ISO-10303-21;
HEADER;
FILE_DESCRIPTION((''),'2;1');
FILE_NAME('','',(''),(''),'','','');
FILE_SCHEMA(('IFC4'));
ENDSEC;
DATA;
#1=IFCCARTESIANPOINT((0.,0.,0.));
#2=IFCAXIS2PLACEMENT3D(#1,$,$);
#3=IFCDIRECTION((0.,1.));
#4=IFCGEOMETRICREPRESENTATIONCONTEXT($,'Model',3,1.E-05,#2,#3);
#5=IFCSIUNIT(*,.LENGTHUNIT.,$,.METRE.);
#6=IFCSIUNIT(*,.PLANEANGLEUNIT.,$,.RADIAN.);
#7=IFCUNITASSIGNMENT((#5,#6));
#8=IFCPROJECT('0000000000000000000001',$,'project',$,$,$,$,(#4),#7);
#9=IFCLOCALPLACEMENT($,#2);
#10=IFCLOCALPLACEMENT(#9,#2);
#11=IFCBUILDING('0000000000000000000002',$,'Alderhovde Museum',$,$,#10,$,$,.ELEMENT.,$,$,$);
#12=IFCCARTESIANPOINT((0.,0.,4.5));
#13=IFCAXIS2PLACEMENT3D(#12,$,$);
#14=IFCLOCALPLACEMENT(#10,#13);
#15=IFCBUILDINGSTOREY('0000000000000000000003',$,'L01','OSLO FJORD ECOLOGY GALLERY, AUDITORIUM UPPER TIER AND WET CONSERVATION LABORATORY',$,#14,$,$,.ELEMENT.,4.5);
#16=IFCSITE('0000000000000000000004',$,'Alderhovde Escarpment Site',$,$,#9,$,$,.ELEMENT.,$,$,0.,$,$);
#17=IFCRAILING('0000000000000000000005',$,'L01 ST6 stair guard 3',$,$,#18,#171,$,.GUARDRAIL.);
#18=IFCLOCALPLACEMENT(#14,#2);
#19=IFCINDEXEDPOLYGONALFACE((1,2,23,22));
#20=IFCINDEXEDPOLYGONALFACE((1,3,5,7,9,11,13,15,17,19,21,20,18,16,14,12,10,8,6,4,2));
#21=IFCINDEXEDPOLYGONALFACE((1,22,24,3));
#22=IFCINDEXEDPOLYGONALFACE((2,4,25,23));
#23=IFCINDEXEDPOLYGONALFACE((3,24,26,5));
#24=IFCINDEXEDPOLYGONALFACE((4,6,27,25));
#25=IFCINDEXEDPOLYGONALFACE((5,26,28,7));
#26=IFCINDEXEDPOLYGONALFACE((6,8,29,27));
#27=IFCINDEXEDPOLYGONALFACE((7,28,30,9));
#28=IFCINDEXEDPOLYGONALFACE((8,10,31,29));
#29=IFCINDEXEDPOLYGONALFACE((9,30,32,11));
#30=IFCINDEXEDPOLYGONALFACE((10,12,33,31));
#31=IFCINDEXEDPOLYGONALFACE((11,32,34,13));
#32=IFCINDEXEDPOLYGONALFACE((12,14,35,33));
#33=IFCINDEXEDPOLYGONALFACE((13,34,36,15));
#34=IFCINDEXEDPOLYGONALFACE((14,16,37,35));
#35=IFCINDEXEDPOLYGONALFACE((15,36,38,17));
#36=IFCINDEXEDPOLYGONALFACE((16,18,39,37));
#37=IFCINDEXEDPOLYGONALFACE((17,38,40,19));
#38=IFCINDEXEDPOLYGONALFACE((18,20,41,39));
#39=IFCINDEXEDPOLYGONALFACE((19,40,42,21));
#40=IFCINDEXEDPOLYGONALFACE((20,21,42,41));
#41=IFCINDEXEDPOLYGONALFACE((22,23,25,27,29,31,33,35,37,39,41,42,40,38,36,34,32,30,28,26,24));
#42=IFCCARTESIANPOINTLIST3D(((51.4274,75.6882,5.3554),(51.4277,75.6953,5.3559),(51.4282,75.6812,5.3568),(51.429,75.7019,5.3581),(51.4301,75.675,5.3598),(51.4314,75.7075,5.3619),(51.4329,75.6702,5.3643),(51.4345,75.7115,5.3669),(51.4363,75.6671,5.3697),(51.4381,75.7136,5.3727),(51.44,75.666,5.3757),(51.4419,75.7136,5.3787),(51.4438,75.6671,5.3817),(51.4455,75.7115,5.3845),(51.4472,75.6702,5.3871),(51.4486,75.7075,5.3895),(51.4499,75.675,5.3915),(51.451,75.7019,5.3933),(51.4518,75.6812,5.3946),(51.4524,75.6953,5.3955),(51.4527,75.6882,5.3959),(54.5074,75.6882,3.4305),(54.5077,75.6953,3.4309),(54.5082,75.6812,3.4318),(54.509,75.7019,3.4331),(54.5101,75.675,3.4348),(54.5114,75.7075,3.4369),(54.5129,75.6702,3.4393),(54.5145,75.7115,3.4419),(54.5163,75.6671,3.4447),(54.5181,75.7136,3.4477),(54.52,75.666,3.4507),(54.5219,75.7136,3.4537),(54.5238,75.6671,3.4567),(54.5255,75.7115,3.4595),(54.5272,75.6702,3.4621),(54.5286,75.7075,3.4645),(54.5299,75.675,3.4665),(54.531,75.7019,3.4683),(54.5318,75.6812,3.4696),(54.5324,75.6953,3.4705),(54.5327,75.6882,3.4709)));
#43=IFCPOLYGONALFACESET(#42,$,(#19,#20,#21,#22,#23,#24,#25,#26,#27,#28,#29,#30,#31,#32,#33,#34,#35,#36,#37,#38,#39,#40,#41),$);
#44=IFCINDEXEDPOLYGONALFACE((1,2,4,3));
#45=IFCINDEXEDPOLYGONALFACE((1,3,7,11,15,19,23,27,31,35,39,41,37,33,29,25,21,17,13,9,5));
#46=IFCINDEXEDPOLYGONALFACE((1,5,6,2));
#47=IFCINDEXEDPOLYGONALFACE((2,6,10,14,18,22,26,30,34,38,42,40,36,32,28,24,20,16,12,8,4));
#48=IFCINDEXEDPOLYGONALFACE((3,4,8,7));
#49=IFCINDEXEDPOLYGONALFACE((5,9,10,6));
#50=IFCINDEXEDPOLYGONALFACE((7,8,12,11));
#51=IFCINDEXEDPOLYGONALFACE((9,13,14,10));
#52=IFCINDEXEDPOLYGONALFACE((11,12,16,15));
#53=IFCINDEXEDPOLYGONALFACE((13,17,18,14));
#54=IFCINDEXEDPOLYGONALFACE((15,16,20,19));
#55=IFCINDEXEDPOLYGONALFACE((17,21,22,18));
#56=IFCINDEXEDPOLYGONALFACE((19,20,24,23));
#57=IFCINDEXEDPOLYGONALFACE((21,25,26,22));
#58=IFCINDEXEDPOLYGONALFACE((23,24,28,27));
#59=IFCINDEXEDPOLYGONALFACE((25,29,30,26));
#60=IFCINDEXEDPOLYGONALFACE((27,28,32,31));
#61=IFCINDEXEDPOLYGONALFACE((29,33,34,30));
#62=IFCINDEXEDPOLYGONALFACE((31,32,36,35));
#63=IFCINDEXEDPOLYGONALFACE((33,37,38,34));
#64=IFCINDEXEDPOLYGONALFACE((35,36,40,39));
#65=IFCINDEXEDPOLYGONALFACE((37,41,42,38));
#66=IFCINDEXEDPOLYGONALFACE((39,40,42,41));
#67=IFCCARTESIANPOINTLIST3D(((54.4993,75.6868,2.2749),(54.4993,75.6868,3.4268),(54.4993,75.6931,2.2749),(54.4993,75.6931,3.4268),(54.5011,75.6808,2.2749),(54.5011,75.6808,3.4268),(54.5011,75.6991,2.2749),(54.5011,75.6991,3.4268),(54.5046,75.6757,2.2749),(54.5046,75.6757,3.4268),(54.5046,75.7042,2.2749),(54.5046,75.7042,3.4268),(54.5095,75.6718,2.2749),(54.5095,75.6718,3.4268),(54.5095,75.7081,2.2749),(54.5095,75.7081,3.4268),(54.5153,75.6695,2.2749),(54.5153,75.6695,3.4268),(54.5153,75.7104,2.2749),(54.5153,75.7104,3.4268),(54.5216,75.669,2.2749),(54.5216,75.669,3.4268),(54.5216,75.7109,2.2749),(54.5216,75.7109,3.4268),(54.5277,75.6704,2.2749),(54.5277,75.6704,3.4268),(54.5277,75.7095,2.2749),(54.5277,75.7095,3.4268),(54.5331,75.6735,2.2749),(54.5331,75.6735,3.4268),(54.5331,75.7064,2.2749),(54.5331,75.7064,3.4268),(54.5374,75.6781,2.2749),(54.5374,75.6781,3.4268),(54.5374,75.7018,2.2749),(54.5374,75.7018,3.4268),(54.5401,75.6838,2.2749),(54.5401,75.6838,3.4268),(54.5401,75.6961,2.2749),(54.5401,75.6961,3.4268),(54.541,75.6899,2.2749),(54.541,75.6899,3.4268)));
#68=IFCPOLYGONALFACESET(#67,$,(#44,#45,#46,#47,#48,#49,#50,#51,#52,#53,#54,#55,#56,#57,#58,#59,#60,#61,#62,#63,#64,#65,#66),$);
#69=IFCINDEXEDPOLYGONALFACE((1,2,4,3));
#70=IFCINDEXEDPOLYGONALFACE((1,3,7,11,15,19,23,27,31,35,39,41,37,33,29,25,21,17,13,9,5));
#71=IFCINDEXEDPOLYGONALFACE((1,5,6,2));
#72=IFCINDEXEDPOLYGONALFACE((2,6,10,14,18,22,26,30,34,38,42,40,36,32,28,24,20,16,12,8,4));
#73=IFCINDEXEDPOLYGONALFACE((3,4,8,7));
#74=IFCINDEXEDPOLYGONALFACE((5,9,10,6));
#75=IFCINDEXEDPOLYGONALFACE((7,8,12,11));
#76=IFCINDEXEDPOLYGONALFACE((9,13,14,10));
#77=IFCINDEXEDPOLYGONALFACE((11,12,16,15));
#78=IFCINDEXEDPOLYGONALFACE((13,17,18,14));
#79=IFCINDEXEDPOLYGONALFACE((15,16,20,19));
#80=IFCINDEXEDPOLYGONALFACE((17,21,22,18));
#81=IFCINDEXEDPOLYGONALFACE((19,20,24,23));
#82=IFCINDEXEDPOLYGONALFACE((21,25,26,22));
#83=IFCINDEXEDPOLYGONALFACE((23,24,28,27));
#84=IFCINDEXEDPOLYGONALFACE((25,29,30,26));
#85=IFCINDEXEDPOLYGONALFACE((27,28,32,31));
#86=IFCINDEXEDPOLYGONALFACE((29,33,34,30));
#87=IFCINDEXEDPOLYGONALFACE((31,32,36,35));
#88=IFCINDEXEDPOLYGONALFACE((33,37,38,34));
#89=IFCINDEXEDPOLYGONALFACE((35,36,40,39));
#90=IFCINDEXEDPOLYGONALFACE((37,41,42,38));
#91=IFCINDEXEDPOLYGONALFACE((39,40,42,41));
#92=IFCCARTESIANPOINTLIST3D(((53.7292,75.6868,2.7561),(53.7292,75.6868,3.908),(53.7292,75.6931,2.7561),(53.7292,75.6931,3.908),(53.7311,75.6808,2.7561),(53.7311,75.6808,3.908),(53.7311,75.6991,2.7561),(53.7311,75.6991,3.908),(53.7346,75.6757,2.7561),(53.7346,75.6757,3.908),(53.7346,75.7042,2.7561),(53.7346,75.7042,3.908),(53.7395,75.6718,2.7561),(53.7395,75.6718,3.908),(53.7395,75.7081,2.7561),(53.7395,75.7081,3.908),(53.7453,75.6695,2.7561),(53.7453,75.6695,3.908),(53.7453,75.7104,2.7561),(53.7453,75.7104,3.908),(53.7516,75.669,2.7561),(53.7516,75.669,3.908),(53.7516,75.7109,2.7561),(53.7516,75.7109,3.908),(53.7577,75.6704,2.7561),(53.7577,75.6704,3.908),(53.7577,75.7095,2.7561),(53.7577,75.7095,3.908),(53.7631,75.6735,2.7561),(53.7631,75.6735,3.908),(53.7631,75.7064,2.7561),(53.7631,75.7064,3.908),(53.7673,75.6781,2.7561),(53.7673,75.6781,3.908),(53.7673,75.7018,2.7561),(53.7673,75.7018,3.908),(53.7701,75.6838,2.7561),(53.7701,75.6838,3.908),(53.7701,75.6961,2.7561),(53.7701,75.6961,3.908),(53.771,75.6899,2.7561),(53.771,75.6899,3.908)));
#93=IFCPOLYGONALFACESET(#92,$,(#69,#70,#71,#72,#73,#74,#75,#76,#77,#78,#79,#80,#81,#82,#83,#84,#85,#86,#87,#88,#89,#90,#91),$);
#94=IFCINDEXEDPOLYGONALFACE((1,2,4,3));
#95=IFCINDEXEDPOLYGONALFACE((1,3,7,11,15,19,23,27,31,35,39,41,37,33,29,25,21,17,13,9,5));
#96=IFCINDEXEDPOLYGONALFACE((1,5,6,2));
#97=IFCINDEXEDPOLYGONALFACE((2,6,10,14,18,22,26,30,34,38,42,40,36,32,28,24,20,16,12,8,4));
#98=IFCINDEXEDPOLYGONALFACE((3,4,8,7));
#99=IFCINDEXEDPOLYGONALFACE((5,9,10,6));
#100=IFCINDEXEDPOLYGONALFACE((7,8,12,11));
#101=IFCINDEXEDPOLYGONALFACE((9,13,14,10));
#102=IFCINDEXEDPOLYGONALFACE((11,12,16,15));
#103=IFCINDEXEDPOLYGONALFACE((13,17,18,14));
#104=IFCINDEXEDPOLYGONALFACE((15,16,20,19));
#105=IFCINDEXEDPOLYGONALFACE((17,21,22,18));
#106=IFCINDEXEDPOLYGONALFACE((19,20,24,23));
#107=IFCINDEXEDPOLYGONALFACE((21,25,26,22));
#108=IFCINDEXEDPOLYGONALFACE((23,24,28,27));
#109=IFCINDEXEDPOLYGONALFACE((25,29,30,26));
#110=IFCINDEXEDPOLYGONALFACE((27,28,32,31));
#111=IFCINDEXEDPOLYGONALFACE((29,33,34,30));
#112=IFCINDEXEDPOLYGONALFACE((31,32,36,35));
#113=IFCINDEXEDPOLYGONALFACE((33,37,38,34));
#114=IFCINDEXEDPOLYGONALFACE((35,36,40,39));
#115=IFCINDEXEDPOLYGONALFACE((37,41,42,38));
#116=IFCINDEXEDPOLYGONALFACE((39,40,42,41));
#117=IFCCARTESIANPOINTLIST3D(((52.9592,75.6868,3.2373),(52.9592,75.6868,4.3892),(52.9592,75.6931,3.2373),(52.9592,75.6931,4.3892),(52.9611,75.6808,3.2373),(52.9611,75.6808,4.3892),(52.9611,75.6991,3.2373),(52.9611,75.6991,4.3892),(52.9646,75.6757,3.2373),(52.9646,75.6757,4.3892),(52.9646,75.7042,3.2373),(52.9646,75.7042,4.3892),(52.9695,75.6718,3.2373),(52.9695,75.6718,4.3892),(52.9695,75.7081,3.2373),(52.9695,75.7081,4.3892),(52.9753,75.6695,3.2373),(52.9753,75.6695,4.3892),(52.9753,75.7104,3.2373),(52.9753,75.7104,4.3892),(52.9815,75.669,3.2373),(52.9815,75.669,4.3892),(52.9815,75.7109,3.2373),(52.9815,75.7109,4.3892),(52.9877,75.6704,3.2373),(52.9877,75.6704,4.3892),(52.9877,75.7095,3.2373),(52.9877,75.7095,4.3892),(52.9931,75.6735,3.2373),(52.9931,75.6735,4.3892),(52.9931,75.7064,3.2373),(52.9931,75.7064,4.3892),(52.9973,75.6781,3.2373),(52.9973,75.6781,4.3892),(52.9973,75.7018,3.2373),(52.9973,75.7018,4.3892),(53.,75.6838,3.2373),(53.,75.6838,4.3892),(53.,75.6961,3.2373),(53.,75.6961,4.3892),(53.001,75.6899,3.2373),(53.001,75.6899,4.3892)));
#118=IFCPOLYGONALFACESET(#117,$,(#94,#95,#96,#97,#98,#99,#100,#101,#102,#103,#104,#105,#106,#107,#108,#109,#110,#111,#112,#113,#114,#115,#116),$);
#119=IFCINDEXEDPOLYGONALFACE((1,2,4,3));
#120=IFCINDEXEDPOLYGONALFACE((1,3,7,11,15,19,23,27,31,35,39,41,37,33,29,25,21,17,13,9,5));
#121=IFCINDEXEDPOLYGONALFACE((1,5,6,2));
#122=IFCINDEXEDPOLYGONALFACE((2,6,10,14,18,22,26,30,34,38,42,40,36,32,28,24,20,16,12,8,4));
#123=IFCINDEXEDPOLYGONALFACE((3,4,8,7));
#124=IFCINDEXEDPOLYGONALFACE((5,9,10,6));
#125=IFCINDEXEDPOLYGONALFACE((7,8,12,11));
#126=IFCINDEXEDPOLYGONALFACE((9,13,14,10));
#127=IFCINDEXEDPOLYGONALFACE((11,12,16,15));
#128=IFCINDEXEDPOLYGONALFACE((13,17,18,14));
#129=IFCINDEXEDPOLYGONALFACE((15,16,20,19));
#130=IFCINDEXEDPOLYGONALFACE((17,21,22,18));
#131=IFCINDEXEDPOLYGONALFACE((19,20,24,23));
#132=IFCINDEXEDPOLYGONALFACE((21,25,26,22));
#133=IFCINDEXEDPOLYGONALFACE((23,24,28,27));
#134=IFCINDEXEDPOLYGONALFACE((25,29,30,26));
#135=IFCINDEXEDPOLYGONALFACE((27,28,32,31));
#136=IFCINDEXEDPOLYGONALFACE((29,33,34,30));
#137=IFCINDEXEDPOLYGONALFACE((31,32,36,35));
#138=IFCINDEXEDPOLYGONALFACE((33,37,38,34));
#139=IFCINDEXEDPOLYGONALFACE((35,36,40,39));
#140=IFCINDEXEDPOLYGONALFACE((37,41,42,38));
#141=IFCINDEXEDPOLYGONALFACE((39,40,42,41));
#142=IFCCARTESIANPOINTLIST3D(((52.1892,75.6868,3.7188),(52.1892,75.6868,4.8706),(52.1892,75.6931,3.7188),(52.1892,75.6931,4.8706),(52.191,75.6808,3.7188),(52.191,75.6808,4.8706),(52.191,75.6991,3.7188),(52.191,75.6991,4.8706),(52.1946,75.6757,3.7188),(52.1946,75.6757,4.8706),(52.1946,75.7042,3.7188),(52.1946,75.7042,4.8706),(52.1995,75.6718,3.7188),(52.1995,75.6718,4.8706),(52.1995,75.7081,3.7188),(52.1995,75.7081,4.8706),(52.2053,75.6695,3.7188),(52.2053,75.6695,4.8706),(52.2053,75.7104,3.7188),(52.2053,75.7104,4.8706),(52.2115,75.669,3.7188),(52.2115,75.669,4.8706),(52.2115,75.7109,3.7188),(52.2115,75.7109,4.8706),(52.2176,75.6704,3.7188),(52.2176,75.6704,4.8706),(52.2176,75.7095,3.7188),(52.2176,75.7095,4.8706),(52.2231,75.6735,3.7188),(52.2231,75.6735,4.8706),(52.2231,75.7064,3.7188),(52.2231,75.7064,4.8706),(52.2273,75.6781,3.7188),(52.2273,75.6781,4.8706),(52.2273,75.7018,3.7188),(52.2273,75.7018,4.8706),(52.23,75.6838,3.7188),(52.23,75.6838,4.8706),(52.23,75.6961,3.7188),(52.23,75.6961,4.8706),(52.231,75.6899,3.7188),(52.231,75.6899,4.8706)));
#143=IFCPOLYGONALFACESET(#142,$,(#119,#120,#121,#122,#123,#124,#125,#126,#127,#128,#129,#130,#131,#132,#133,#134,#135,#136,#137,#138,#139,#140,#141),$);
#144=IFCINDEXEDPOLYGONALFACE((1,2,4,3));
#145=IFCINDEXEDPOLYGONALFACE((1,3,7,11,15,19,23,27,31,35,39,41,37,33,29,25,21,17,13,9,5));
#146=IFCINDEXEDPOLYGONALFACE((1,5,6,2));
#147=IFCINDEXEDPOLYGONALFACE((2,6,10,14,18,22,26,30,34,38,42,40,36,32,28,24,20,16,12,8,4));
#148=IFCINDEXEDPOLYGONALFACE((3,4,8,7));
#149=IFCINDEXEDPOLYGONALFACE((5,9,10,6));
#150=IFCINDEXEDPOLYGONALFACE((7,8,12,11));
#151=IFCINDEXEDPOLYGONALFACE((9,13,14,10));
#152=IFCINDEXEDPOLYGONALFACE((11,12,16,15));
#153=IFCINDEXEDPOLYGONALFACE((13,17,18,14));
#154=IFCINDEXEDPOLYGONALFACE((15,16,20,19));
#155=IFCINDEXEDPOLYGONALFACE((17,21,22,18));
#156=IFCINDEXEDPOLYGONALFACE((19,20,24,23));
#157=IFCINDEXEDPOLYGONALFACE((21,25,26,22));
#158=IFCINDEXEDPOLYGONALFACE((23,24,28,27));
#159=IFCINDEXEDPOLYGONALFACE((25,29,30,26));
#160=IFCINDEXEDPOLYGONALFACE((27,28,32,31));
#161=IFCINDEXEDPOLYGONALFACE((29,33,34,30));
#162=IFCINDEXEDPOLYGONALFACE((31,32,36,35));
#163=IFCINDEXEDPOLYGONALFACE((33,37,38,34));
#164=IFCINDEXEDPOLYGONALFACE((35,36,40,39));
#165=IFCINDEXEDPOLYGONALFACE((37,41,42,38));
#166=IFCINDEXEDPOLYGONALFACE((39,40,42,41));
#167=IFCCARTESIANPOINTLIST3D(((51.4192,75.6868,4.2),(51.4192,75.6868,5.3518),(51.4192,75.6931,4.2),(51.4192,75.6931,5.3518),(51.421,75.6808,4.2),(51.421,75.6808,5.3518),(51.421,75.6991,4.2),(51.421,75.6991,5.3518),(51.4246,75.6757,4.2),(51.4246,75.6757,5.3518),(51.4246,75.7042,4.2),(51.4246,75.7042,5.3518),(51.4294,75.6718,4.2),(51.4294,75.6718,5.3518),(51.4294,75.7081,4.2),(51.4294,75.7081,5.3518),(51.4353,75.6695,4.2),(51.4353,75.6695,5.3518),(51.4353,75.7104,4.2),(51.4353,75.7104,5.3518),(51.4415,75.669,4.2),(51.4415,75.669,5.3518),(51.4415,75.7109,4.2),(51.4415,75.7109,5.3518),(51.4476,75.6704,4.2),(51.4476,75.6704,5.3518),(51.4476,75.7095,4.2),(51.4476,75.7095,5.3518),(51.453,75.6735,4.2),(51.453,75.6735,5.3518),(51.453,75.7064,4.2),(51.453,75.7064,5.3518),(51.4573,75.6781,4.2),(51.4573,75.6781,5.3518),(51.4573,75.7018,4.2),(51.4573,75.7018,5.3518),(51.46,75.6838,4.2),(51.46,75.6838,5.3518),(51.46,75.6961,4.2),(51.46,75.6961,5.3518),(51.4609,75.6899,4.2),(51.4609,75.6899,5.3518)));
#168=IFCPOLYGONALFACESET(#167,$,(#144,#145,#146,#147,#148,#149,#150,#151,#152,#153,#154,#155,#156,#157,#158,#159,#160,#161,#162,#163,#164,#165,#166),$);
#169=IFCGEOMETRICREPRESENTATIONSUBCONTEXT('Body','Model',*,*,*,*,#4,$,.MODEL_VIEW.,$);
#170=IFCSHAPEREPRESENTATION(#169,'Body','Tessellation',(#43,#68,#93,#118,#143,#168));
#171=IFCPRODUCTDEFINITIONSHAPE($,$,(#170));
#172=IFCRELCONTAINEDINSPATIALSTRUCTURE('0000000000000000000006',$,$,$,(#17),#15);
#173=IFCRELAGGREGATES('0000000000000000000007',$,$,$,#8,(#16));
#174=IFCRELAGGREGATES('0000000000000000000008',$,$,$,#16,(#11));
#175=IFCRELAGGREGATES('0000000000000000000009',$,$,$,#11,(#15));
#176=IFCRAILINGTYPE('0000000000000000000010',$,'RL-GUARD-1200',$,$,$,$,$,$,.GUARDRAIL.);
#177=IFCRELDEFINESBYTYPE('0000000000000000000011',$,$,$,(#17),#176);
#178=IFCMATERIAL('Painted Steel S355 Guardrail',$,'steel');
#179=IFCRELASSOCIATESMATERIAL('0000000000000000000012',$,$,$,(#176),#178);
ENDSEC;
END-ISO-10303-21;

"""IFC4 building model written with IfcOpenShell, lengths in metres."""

from ifc_helpers import new_model, si_unit, direction, frame, origin, origin_2d, place, context, subcontext, project, spatial, circle, extrude, material, type_object, element, save


model = new_model("IFC4")

# Units and contexts
model_context = context("Model", 3, precision=1e-05, world=origin(), true_north=direction((0.0, 1.0)))
body_context = subcontext(model_context, "Body", "Model", "MODEL_VIEW")
ifc_project = project(units=[si_unit("LENGTHUNIT", "METRE"), si_unit("PLANEANGLEUNIT", "RADIAN")], contexts=[model_context])

# Site, building, storey
site_placement = place(None, origin())
site = spatial("IfcSite", under=ifc_project, at=site_placement, Name="Alderhovde Escarpment Site", CompositionType="ELEMENT", RefElevation=0.0)
building_placement = place(site_placement, origin())
building = spatial("IfcBuilding", under=site, at=building_placement, Name="Alderhovde Museum", CompositionType="ELEMENT")
storey_placement = place(building_placement, frame((0.0, 0.0, 4.5)))
storey = spatial("IfcBuildingStorey", under=building, at=storey_placement, Name="L01", Description="OSLO FJORD ECOLOGY GALLERY, AUDITORIUM UPPER TIER AND WET CONSERVATION LABORATORY", CompositionType="ELEMENT", Elevation=4.5)

# Railing
ifc_material_1 = material(Name="Painted Steel S355 Guardrail", Category="steel")
railing_type_1 = type_object("IfcRailingType", Name="RL-GUARD-1200", PredefinedType="GUARDRAIL", material=ifc_material_1)
railing_1_placement = place(storey_placement, frame((54.52, 75.6899, 2.2749)))
element("IfcRailing", 1, at=railing_1_placement, inside=storey, type_object=railing_type_1, Name="L01 ST6 stair guard 3", PredefinedType="GUARDRAIL", context=body_context, shape_type="SweptSolid", body=[
    extrude(circle(Radius=0.0239, at=origin_2d()), frame((0.0, 0.0, 1.1758), z_axis=(-0.847998, 0.0, 0.529999), x_axis=(0.0, -1.0, 0.0)), (0.0, 0.0, 1.0), 3.6321),
    extrude(circle(Radius=0.021, at=origin_2d()), origin(), (0.0, 0.0, 1.0), 1.1519),
    extrude(circle(Radius=0.021, at=origin_2d()), frame((-0.77, 0.0, 0.4812)), (0.0, 0.0, 1.0), 1.1519),
    extrude(circle(Radius=0.021, at=origin_2d()), frame((-1.54, 0.0, 0.9624)), (0.0, 0.0, 1.0), 1.1519),
    extrude(circle(Radius=0.021, at=origin_2d()), frame((-2.3101, 0.0, 1.4438)), (0.0, 0.0, 1.0), 1.1519),
    extrude(circle(Radius=0.021, at=origin_2d()), frame((-3.0801, 0.0, 1.925)), (0.0, 0.0, 1.0), 1.1519),
])

save(model, "model.ifc")
